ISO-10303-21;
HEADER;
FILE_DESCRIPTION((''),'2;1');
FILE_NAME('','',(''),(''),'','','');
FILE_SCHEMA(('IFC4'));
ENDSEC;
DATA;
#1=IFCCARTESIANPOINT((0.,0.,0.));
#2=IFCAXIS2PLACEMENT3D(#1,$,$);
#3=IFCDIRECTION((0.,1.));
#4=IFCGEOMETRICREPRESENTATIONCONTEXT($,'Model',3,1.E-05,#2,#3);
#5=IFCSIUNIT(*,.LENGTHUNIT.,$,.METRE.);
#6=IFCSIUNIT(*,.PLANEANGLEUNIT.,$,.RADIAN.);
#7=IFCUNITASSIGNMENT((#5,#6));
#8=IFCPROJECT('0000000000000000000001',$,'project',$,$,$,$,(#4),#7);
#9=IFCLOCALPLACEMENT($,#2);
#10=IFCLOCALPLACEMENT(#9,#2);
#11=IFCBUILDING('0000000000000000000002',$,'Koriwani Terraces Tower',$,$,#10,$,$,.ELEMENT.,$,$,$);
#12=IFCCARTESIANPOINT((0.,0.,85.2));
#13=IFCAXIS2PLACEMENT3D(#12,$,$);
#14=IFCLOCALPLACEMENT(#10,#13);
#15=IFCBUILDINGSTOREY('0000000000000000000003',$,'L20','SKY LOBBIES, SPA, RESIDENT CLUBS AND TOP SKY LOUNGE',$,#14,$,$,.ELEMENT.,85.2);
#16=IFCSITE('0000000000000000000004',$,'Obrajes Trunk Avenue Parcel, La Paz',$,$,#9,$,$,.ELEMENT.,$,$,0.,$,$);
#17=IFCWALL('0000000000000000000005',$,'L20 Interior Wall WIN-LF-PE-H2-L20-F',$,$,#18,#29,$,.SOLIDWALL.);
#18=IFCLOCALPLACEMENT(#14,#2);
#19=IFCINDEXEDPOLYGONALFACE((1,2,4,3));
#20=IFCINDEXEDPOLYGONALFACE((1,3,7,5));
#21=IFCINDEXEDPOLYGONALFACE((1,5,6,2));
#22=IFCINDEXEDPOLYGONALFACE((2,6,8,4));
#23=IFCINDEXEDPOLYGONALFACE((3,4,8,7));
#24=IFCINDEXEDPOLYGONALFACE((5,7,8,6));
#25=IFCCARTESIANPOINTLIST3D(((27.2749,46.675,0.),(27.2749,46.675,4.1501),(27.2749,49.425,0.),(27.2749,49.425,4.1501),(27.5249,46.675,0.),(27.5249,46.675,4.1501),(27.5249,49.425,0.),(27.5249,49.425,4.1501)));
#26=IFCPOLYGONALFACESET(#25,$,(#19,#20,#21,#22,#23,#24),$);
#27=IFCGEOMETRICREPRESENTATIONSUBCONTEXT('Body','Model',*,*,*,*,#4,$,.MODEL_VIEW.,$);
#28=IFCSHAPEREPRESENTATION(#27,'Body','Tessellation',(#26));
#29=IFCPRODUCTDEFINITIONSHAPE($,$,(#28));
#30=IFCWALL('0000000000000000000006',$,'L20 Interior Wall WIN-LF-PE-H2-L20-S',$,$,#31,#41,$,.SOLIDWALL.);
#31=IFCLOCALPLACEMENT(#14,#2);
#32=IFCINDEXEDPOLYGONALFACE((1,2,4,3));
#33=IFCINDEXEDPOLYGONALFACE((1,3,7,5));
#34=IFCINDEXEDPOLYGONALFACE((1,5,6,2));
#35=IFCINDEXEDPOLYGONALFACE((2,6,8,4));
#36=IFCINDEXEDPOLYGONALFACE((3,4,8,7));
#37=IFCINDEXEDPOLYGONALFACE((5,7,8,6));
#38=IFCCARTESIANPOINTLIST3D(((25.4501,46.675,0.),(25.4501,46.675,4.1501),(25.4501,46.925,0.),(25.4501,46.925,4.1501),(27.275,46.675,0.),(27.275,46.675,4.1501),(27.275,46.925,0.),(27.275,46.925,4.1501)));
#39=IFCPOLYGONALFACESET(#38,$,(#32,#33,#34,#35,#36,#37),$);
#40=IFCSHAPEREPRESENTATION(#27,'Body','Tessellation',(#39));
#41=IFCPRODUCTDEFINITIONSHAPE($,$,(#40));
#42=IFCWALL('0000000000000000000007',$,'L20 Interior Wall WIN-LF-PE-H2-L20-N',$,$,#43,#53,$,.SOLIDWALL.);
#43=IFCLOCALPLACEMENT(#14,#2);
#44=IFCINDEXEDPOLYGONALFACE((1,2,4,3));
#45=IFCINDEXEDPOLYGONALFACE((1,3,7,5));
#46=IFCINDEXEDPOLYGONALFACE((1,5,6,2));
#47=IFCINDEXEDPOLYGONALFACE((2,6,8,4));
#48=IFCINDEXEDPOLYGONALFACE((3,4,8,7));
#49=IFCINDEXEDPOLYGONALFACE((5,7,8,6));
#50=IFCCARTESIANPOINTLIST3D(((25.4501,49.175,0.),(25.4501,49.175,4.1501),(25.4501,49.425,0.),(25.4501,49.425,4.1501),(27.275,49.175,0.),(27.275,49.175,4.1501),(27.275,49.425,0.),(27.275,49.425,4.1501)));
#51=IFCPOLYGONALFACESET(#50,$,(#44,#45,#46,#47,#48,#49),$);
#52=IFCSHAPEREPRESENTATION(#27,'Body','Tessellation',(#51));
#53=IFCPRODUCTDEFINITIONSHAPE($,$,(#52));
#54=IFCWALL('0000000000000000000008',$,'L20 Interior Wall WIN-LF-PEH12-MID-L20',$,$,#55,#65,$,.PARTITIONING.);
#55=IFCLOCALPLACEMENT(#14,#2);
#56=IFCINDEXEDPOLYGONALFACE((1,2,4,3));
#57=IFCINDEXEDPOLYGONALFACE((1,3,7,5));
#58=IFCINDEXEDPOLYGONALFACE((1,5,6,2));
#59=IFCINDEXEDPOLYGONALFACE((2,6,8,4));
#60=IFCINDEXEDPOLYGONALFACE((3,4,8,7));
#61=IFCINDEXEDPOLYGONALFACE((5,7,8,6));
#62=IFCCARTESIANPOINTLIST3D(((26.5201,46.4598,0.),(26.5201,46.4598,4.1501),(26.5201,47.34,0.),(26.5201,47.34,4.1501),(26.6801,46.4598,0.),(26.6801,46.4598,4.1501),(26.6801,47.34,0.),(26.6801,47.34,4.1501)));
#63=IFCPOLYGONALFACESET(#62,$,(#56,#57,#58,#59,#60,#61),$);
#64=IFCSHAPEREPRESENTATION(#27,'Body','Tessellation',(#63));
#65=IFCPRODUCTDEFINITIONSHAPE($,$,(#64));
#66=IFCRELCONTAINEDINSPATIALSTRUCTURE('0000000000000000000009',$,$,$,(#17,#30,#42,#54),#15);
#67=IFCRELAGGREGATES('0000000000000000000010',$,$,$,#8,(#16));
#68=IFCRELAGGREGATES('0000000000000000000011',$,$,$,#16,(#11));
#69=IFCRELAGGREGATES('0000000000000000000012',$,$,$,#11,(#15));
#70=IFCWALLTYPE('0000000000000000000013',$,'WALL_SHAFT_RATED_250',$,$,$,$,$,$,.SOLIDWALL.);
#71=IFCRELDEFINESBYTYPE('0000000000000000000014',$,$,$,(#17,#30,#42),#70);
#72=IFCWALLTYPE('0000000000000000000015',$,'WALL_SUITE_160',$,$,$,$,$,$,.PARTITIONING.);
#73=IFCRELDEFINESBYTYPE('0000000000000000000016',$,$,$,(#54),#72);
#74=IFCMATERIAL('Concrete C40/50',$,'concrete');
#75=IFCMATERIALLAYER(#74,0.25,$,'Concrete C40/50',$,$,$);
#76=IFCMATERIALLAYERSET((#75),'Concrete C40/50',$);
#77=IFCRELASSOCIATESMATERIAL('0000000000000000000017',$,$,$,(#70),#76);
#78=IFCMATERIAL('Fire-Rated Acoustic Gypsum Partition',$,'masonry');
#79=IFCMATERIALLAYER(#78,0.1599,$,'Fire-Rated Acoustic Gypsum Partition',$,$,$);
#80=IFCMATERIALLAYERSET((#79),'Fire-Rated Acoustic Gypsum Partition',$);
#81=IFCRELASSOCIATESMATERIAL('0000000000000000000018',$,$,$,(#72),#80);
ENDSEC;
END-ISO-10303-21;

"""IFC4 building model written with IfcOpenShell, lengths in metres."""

from ifc_helpers import new_model, si_unit, direction, frame, frame_2d, origin, place, context, subcontext, project, spatial, rectangle, extrude, material, layer, layer_set, type_object, element, save


model = new_model("IFC4")

# Units and contexts
model_context = context("Model", 3, precision=1e-05, world=origin(), true_north=direction((0.0, 1.0)))
body_context = subcontext(model_context, "Body", "Model", "MODEL_VIEW")
ifc_project = project(units=[si_unit("LENGTHUNIT", "METRE"), si_unit("PLANEANGLEUNIT", "RADIAN")], contexts=[model_context])

# Site, building, storey
site_placement = place(None, origin())
site = spatial("IfcSite", under=ifc_project, at=site_placement, Name="Obrajes Trunk Avenue Parcel, La Paz", CompositionType="ELEMENT", RefElevation=0.0)
building_placement = place(site_placement, origin())
building = spatial("IfcBuilding", under=site, at=building_placement, Name="Koriwani Terraces Tower", CompositionType="ELEMENT")
storey_placement = place(building_placement, frame((0.0, 0.0, 85.2)))
storey = spatial("IfcBuildingStorey", under=building, at=storey_placement, Name="L20", Description="SKY LOBBIES, SPA, RESIDENT CLUBS AND TOP SKY LOUNGE", CompositionType="ELEMENT", Elevation=85.2)

# Shared definitions
ifc_material_1 = material(Name="Concrete C40/50", Category="concrete")

# Shared definitions
ifc_material_2 = material(Name="Fire-Rated Acoustic Gypsum Partition", Category="masonry")

# Shared definitions
ifc_layer_1 = layer(ifc_material_1, 0.25, Name="Concrete C40/50")
ifc_layer_set_1 = layer_set([ifc_layer_1], Name="Concrete C40/50")
wall_type_1 = type_object("IfcWallType", Name="WALL_SHAFT_RATED_250", PredefinedType="SOLIDWALL", material=ifc_layer_set_1)

# Walls
wall_1_placement = place(storey_placement, frame((27.3999, 46.675, 0.0), z_axis=(0.0, 0.0, 1.0), x_axis=(0.0, 1.0, 0.0)))
element("IfcWall", 1, at=wall_1_placement, inside=storey, type_object=wall_type_1, Name="L20 Interior Wall WIN-LF-PE-H2-L20-F", PredefinedType="SOLIDWALL", context=body_context, shape_type="SweptSolid", body=[
    extrude(rectangle(XDim=2.75, YDim=0.25, at=frame_2d((1.375, 0.0))), origin(), (0.0, 0.0, 1.0), 4.1501),
])
for number, where, z_axis, x_axis, name in (
    (2, (25.45, 46.8, 0.0), (0.0, 0.0, 1.0), (1.0, 0.0, 0.0), "L20 Interior Wall WIN-LF-PE-H2-L20-S"),
    (3, (25.45, 49.3, 0.0), (0.0, 0.0, 1.0), (1.0, 0.0, 0.0), "L20 Interior Wall WIN-LF-PE-H2-L20-N"),
):
    element("IfcWall", number, at=place(storey_placement, frame(where, z_axis=z_axis, x_axis=x_axis)), inside=storey, type_object=wall_type_1, Name=name, PredefinedType="SOLIDWALL", context=body_context, shape_type="SweptSolid", body=[
        extrude(rectangle(XDim=1.825, YDim=0.25, at=frame_2d((0.9126, 0.0))), origin(), (0.0, 0.0, 1.0), 4.1501),
    ])
ifc_layer_2 = layer(ifc_material_2, 0.1599, Name="Fire-Rated Acoustic Gypsum Partition")
ifc_layer_set_2 = layer_set([ifc_layer_2], Name="Fire-Rated Acoustic Gypsum Partition")
wall_type_2 = type_object("IfcWallType", Name="WALL_SUITE_160", PredefinedType="PARTITIONING", material=ifc_layer_set_2)
wall_2_placement = place(storey_placement, frame((26.6001, 46.46, 0.0), z_axis=(0.0, 0.0, 1.0), x_axis=(0.0, 1.0, 0.0)))
element("IfcWall", 4, at=wall_2_placement, inside=storey, type_object=wall_type_2, Name="L20 Interior Wall WIN-LF-PEH12-MID-L20", PredefinedType="PARTITIONING", context=body_context, shape_type="SweptSolid", body=[
    extrude(rectangle(XDim=0.8801, YDim=0.1599, at=frame_2d((0.4399, 0.0))), origin(), (0.0, 0.0, 1.0), 4.1501),
])

save(model, "model.ifc")
